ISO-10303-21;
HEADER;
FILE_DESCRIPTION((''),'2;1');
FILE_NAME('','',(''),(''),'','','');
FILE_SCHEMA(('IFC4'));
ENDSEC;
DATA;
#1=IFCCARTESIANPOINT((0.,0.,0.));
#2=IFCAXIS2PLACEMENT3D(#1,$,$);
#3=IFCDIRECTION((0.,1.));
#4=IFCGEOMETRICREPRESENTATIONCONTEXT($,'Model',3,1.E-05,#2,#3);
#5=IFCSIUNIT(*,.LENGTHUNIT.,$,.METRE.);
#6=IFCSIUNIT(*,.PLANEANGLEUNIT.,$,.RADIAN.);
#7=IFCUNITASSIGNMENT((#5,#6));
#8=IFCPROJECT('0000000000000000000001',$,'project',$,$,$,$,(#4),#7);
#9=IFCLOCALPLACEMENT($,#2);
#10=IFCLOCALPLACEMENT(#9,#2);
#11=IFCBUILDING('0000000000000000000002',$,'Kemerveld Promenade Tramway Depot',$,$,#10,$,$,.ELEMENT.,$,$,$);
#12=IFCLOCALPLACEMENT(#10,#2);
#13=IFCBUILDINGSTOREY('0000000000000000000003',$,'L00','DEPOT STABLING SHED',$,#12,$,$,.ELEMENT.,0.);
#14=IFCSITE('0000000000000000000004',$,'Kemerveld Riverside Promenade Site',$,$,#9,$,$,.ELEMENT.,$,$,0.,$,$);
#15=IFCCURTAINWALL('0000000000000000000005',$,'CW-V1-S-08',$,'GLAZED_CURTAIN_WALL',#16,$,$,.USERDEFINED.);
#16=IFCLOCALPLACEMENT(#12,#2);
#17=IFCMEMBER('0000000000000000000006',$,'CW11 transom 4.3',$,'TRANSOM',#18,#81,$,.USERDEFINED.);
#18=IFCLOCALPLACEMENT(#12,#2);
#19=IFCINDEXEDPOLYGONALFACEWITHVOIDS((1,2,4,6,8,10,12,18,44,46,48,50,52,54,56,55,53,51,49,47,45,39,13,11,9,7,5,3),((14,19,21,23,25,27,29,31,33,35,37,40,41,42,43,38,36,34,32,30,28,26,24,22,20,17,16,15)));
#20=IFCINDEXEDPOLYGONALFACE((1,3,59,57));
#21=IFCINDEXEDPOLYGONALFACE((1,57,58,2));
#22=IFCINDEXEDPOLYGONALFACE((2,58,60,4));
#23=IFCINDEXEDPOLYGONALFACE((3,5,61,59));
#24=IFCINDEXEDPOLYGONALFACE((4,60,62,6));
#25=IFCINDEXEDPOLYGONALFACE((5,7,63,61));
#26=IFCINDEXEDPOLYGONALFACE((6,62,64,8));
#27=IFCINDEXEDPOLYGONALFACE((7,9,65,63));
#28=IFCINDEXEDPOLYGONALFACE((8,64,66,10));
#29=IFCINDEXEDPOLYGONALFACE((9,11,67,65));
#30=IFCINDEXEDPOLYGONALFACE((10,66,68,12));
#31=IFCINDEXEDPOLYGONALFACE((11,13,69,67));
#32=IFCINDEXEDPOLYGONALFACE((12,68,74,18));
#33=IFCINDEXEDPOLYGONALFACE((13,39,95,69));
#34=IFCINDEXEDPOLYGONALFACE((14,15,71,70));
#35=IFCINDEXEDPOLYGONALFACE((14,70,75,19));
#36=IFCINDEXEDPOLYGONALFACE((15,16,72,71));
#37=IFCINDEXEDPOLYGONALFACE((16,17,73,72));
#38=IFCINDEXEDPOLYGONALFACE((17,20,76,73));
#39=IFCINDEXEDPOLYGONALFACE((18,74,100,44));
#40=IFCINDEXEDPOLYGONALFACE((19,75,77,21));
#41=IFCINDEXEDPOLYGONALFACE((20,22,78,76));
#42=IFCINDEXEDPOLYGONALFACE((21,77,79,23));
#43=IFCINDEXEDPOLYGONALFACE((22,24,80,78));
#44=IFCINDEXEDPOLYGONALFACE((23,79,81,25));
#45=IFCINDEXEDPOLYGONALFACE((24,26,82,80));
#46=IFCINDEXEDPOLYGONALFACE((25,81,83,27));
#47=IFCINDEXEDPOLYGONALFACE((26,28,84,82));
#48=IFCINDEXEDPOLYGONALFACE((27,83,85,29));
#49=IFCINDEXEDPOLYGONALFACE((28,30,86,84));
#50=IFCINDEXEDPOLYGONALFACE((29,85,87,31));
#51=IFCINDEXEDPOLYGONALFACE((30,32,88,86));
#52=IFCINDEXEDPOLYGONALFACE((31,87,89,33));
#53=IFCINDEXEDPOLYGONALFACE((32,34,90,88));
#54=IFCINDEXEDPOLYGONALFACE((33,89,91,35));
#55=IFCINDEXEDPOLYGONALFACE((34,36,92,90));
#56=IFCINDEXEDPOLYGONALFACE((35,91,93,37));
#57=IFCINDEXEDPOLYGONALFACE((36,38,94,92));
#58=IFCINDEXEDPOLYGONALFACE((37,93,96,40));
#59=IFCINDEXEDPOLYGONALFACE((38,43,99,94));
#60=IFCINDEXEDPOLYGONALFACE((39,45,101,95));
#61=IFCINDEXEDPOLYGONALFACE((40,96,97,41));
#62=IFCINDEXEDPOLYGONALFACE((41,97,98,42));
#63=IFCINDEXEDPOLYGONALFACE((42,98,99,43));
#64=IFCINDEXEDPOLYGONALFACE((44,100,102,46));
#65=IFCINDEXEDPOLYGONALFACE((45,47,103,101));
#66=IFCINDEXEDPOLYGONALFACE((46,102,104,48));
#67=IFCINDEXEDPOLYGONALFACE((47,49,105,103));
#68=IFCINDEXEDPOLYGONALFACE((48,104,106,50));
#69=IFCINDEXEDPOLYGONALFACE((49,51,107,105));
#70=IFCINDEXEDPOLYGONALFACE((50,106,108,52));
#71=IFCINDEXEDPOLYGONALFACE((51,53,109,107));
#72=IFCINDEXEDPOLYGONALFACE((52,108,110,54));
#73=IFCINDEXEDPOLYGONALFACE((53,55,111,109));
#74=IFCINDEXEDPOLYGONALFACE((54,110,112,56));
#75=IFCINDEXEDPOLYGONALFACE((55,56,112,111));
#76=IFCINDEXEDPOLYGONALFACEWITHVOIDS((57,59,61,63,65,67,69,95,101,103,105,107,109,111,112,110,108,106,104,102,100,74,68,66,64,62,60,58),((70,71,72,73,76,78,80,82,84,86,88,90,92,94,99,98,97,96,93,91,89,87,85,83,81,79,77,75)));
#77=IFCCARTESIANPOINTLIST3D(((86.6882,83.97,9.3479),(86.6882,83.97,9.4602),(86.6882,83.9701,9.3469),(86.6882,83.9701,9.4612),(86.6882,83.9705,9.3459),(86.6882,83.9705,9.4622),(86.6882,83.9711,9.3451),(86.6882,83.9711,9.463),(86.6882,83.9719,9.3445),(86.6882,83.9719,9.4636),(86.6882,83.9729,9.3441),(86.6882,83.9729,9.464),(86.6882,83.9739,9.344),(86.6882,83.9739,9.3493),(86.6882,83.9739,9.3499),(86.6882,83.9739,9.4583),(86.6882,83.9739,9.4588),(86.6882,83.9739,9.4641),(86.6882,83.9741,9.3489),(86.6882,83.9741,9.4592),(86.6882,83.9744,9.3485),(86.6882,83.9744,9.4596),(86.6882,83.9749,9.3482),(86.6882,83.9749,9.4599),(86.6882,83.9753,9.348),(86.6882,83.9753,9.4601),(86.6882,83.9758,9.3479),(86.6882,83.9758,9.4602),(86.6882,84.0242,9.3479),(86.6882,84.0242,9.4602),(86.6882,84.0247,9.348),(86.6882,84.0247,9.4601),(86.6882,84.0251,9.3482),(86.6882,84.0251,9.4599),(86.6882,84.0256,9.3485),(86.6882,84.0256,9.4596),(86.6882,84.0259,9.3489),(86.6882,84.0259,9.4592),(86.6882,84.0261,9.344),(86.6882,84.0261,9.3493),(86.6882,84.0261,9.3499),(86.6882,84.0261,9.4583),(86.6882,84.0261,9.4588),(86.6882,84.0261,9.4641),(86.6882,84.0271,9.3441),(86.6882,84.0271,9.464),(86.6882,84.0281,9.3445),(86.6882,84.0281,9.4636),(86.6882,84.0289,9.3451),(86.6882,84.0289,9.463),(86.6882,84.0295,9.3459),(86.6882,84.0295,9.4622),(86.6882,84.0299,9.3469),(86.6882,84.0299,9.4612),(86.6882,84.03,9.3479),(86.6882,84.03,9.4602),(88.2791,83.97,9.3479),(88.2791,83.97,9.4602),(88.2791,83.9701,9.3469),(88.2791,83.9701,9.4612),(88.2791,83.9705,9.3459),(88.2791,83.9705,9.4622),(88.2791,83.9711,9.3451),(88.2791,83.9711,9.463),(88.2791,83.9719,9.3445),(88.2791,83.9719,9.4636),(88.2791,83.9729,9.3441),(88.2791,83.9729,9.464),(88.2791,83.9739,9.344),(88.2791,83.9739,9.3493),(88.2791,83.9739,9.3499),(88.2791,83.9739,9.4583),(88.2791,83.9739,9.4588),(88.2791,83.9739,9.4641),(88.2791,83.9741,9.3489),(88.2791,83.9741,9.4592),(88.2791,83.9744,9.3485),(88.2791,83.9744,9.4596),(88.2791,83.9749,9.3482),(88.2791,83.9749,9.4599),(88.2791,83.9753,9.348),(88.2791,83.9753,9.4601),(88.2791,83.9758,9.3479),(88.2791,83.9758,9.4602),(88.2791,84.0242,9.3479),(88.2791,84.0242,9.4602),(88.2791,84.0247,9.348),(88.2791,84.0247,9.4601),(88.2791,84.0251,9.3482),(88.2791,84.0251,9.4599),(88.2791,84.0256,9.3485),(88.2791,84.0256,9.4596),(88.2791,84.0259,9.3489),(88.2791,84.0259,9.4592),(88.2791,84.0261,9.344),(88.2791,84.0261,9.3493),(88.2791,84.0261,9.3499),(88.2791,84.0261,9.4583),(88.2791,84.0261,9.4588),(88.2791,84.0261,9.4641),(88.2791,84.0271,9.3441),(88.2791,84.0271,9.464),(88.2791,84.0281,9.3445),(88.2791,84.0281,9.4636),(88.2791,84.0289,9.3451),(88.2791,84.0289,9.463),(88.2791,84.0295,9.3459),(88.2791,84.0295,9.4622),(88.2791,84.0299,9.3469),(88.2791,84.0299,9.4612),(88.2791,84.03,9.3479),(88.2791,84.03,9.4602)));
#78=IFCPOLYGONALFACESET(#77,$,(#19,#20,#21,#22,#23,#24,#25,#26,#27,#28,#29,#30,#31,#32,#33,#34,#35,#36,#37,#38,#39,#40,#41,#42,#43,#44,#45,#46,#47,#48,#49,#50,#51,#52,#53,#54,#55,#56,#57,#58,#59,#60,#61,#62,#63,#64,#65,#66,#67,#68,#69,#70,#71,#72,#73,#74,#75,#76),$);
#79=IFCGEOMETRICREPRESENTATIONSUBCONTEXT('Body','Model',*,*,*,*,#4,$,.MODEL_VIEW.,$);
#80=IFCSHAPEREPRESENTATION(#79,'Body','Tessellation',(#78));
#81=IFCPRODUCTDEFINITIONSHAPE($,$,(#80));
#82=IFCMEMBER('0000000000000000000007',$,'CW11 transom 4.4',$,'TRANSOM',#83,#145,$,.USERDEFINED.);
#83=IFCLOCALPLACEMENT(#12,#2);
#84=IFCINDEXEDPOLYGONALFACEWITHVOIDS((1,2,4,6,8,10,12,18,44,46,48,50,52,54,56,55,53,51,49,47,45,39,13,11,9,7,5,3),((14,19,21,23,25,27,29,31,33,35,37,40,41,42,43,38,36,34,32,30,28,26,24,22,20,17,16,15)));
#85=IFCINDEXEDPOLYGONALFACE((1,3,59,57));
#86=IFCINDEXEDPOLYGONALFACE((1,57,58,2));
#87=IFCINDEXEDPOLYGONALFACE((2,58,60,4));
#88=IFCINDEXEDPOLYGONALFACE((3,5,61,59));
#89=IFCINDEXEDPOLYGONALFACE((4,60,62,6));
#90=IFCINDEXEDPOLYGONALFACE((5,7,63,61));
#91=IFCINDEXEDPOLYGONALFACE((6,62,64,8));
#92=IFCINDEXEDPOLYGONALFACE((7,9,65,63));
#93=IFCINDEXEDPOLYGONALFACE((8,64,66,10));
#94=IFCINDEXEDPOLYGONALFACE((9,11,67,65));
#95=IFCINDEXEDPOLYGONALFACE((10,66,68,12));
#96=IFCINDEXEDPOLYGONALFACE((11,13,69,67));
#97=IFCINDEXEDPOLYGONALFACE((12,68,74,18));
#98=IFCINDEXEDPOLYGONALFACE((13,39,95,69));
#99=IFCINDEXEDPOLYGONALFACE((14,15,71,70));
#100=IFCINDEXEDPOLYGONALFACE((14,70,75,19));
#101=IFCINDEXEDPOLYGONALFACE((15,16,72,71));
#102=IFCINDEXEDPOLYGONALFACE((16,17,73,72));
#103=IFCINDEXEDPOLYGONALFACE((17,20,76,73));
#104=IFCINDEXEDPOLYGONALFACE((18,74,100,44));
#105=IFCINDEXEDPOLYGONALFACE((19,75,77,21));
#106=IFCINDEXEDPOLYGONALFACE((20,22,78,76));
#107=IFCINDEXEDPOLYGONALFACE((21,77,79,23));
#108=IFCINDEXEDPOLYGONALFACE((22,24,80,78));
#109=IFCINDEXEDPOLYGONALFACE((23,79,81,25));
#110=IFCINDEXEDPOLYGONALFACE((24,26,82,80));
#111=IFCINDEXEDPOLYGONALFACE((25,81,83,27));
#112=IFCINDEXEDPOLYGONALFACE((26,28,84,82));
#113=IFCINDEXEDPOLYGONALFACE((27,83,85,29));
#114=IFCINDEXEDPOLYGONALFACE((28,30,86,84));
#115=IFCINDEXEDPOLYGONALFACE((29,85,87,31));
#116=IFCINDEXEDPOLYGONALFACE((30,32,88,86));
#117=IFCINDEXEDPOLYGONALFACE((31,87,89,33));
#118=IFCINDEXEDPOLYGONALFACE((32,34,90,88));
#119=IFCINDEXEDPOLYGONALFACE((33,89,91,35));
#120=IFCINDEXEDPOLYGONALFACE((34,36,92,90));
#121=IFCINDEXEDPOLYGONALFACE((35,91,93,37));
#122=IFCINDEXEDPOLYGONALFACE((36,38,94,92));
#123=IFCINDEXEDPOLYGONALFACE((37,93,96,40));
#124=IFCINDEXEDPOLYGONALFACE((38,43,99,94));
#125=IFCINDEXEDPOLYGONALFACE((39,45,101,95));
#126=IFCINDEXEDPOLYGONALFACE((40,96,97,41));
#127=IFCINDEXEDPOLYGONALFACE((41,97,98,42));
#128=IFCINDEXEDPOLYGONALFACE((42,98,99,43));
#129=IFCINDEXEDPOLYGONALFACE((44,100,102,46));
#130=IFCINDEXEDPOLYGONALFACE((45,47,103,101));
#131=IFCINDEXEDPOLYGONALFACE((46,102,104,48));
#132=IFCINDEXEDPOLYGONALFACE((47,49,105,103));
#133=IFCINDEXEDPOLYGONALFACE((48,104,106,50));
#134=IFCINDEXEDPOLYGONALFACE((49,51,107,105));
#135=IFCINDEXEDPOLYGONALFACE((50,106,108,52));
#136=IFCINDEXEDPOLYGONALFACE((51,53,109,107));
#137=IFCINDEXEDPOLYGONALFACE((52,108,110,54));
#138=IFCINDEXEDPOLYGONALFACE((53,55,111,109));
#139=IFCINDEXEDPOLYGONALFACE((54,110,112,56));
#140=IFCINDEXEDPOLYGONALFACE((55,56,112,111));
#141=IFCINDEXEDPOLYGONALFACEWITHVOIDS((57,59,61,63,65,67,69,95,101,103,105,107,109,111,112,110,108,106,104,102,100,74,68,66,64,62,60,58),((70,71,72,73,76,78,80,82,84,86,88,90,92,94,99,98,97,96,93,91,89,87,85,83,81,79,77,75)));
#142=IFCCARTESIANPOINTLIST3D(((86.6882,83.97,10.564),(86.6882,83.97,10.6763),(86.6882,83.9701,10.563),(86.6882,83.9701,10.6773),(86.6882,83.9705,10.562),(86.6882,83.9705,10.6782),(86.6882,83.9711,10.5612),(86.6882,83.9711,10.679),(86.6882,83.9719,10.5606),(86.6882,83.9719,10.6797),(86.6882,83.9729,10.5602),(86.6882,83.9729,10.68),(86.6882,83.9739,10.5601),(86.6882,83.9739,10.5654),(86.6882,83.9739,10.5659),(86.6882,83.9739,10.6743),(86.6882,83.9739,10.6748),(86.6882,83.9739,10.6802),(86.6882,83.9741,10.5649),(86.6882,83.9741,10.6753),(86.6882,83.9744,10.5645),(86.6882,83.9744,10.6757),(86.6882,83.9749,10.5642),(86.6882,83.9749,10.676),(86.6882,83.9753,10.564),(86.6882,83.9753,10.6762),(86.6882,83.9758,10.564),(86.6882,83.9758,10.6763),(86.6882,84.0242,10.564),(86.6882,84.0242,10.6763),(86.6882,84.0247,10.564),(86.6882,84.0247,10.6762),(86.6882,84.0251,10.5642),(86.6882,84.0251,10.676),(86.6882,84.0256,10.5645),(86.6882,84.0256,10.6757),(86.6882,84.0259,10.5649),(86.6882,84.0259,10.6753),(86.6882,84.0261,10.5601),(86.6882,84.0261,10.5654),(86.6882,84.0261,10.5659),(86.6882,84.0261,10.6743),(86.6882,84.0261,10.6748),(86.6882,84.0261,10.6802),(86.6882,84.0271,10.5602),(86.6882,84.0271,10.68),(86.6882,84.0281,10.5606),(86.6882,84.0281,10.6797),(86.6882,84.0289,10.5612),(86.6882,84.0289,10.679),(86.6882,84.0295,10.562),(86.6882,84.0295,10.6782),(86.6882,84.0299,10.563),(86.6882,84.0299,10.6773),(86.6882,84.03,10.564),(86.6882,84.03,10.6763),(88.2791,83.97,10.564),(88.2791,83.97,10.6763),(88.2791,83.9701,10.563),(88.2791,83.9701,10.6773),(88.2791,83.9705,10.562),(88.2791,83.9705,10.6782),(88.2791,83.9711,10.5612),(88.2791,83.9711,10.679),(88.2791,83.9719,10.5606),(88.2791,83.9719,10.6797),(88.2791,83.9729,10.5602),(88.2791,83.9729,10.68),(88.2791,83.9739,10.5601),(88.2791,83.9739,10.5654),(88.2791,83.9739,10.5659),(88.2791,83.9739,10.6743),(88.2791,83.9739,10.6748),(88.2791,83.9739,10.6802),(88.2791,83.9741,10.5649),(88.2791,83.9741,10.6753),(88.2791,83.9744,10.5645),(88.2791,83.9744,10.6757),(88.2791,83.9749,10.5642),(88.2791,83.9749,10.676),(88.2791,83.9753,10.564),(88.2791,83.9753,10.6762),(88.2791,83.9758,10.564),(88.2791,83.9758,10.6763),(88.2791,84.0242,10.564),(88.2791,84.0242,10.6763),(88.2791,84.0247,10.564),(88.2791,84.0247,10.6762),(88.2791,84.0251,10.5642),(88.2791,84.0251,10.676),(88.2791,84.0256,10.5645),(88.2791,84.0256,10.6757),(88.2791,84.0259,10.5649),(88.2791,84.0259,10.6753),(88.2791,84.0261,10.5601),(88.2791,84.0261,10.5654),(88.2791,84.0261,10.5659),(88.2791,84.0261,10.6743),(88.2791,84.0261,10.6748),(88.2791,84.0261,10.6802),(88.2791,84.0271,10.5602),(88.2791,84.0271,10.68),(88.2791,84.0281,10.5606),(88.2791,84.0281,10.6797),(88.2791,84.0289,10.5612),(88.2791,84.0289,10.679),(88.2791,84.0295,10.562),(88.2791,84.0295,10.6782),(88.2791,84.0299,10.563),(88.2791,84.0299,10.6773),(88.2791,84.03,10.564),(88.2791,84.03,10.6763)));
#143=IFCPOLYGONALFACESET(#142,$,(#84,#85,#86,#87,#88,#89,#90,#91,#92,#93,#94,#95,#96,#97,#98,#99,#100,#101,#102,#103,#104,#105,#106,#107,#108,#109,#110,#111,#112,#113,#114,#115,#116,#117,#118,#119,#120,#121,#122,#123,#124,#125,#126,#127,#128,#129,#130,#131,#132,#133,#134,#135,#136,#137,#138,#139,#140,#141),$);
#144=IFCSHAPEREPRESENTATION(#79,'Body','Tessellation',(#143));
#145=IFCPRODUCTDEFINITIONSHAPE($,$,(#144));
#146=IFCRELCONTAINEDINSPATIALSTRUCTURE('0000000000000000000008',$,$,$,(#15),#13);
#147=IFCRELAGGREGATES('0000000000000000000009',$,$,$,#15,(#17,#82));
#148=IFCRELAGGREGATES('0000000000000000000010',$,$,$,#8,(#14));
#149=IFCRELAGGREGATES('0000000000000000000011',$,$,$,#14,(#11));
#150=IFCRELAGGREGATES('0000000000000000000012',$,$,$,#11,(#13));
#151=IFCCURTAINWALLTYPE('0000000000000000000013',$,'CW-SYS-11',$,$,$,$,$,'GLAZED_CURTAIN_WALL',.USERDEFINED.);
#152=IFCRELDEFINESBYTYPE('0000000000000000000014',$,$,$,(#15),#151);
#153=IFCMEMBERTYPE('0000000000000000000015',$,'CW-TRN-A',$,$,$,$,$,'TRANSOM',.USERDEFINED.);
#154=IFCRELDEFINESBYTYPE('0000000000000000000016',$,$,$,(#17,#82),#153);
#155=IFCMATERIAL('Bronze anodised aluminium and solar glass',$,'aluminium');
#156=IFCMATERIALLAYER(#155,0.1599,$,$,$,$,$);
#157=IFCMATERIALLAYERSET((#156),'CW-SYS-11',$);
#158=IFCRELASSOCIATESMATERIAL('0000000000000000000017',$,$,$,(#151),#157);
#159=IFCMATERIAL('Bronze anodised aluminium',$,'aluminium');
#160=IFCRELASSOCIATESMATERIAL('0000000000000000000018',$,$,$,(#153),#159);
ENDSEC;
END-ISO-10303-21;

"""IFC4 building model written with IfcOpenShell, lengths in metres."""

from ifc_helpers import new_model, si_unit, direction, frame, origin, origin_2d, place, context, subcontext, project, spatial, hollow_rectangle, extrude, material, layer, layer_set, material_profile, profile_set, type_object, element, aggregate, save


model = new_model("IFC4")

# Units and contexts
model_context = context("Model", 3, precision=1e-05, world=origin(), true_north=direction((0.0, 1.0)))
body_context = subcontext(model_context, "Body", "Model", "MODEL_VIEW")
ifc_project = project(units=[si_unit("LENGTHUNIT", "METRE"), si_unit("PLANEANGLEUNIT", "RADIAN")], contexts=[model_context])

# Site, building, storey
site_placement = place(None, origin())
site = spatial("IfcSite", under=ifc_project, at=site_placement, Name="Kemerveld Riverside Promenade Site", CompositionType="ELEMENT", RefElevation=0.0)
building_placement = place(site_placement, origin())
building = spatial("IfcBuilding", under=site, at=building_placement, Name="Kemerveld Promenade Tramway Depot", CompositionType="ELEMENT")
storey_placement = place(building_placement, origin())
storey = spatial("IfcBuildingStorey", under=building, at=storey_placement, Name="L00", Description="DEPOT STABLING SHED", CompositionType="ELEMENT", Elevation=0.0)

# Curtain wall, members
ifc_material_1 = material(Name="Bronze anodised aluminium and solar glass", Category="aluminium")
ifc_layer_1 = layer(ifc_material_1, 0.1599)
ifc_layer_set_1 = layer_set([ifc_layer_1], Name="CW-SYS-11")
curtain_wall_type_1 = type_object("IfcCurtainWallType", Name="CW-SYS-11", ElementType="GLAZED_CURTAIN_WALL", PredefinedType="USERDEFINED", material=ifc_layer_set_1)
curtain_wall_1_placement = place(storey_placement, origin())
curtain_wall_1 = element("IfcCurtainWall", 1, at=curtain_wall_1_placement, inside=storey, type_object=curtain_wall_type_1, Name="CW-V1-S-08", ObjectType="GLAZED_CURTAIN_WALL", PredefinedType="USERDEFINED")
ifc_material_2 = material(Name="Bronze anodised aluminium", Category="aluminium")
ifc_material_profile_1 = material_profile(ifc_material_2, hollow_rectangle(XDim=0.0601, YDim=0.1201, WallThickness=0.0039, InnerFilletRadius=0.002, OuterFilletRadius=0.0039, at=origin_2d()), Name="CW-TRN-120x60")
ifc_profile_set_1 = profile_set([ifc_material_profile_1], Name="Bronze anodised aluminium")
member_type_1 = type_object("IfcMemberType", Name="CW-TRN-A", ElementType="TRANSOM", PredefinedType="USERDEFINED", material=ifc_profile_set_1)
member_1_placement = place(storey_placement, frame((88.2791, 84.0, 9.4041), z_axis=(-1.0, 0.0, 0.0), x_axis=(0.0, -1.0, 0.0)))
member_1 = element("IfcMember", 2, at=member_1_placement, type_object=member_type_1, Name="CW11 transom 4.3", ObjectType="TRANSOM", PredefinedType="USERDEFINED", context=body_context, shape_type="SweptSolid", body=[
    extrude(hollow_rectangle(XDim=0.0601, YDim=0.1201, WallThickness=0.0039, InnerFilletRadius=0.002, OuterFilletRadius=0.0039, at=origin_2d()), origin(), (0.0, 0.0, 1.0), 1.5908),
])
member_2_placement = place(storey_placement, frame((88.2791, 84.0, 10.6201), z_axis=(-1.0, 0.0, 0.0), x_axis=(0.0, -1.0, 0.0)))
member_2 = element("IfcMember", 3, at=member_2_placement, type_object=member_type_1, Name="CW11 transom 4.4", ObjectType="TRANSOM", PredefinedType="USERDEFINED", context=body_context, shape_type="SweptSolid", body=[
    extrude(hollow_rectangle(XDim=0.0601, YDim=0.1201, WallThickness=0.0039, InnerFilletRadius=0.002, OuterFilletRadius=0.0039, at=origin_2d()), origin(), (0.0, 0.0, 1.0), 1.5908),
])

aggregate(curtain_wall_1, [member_1, member_2])

save(model, "model.ifc")
